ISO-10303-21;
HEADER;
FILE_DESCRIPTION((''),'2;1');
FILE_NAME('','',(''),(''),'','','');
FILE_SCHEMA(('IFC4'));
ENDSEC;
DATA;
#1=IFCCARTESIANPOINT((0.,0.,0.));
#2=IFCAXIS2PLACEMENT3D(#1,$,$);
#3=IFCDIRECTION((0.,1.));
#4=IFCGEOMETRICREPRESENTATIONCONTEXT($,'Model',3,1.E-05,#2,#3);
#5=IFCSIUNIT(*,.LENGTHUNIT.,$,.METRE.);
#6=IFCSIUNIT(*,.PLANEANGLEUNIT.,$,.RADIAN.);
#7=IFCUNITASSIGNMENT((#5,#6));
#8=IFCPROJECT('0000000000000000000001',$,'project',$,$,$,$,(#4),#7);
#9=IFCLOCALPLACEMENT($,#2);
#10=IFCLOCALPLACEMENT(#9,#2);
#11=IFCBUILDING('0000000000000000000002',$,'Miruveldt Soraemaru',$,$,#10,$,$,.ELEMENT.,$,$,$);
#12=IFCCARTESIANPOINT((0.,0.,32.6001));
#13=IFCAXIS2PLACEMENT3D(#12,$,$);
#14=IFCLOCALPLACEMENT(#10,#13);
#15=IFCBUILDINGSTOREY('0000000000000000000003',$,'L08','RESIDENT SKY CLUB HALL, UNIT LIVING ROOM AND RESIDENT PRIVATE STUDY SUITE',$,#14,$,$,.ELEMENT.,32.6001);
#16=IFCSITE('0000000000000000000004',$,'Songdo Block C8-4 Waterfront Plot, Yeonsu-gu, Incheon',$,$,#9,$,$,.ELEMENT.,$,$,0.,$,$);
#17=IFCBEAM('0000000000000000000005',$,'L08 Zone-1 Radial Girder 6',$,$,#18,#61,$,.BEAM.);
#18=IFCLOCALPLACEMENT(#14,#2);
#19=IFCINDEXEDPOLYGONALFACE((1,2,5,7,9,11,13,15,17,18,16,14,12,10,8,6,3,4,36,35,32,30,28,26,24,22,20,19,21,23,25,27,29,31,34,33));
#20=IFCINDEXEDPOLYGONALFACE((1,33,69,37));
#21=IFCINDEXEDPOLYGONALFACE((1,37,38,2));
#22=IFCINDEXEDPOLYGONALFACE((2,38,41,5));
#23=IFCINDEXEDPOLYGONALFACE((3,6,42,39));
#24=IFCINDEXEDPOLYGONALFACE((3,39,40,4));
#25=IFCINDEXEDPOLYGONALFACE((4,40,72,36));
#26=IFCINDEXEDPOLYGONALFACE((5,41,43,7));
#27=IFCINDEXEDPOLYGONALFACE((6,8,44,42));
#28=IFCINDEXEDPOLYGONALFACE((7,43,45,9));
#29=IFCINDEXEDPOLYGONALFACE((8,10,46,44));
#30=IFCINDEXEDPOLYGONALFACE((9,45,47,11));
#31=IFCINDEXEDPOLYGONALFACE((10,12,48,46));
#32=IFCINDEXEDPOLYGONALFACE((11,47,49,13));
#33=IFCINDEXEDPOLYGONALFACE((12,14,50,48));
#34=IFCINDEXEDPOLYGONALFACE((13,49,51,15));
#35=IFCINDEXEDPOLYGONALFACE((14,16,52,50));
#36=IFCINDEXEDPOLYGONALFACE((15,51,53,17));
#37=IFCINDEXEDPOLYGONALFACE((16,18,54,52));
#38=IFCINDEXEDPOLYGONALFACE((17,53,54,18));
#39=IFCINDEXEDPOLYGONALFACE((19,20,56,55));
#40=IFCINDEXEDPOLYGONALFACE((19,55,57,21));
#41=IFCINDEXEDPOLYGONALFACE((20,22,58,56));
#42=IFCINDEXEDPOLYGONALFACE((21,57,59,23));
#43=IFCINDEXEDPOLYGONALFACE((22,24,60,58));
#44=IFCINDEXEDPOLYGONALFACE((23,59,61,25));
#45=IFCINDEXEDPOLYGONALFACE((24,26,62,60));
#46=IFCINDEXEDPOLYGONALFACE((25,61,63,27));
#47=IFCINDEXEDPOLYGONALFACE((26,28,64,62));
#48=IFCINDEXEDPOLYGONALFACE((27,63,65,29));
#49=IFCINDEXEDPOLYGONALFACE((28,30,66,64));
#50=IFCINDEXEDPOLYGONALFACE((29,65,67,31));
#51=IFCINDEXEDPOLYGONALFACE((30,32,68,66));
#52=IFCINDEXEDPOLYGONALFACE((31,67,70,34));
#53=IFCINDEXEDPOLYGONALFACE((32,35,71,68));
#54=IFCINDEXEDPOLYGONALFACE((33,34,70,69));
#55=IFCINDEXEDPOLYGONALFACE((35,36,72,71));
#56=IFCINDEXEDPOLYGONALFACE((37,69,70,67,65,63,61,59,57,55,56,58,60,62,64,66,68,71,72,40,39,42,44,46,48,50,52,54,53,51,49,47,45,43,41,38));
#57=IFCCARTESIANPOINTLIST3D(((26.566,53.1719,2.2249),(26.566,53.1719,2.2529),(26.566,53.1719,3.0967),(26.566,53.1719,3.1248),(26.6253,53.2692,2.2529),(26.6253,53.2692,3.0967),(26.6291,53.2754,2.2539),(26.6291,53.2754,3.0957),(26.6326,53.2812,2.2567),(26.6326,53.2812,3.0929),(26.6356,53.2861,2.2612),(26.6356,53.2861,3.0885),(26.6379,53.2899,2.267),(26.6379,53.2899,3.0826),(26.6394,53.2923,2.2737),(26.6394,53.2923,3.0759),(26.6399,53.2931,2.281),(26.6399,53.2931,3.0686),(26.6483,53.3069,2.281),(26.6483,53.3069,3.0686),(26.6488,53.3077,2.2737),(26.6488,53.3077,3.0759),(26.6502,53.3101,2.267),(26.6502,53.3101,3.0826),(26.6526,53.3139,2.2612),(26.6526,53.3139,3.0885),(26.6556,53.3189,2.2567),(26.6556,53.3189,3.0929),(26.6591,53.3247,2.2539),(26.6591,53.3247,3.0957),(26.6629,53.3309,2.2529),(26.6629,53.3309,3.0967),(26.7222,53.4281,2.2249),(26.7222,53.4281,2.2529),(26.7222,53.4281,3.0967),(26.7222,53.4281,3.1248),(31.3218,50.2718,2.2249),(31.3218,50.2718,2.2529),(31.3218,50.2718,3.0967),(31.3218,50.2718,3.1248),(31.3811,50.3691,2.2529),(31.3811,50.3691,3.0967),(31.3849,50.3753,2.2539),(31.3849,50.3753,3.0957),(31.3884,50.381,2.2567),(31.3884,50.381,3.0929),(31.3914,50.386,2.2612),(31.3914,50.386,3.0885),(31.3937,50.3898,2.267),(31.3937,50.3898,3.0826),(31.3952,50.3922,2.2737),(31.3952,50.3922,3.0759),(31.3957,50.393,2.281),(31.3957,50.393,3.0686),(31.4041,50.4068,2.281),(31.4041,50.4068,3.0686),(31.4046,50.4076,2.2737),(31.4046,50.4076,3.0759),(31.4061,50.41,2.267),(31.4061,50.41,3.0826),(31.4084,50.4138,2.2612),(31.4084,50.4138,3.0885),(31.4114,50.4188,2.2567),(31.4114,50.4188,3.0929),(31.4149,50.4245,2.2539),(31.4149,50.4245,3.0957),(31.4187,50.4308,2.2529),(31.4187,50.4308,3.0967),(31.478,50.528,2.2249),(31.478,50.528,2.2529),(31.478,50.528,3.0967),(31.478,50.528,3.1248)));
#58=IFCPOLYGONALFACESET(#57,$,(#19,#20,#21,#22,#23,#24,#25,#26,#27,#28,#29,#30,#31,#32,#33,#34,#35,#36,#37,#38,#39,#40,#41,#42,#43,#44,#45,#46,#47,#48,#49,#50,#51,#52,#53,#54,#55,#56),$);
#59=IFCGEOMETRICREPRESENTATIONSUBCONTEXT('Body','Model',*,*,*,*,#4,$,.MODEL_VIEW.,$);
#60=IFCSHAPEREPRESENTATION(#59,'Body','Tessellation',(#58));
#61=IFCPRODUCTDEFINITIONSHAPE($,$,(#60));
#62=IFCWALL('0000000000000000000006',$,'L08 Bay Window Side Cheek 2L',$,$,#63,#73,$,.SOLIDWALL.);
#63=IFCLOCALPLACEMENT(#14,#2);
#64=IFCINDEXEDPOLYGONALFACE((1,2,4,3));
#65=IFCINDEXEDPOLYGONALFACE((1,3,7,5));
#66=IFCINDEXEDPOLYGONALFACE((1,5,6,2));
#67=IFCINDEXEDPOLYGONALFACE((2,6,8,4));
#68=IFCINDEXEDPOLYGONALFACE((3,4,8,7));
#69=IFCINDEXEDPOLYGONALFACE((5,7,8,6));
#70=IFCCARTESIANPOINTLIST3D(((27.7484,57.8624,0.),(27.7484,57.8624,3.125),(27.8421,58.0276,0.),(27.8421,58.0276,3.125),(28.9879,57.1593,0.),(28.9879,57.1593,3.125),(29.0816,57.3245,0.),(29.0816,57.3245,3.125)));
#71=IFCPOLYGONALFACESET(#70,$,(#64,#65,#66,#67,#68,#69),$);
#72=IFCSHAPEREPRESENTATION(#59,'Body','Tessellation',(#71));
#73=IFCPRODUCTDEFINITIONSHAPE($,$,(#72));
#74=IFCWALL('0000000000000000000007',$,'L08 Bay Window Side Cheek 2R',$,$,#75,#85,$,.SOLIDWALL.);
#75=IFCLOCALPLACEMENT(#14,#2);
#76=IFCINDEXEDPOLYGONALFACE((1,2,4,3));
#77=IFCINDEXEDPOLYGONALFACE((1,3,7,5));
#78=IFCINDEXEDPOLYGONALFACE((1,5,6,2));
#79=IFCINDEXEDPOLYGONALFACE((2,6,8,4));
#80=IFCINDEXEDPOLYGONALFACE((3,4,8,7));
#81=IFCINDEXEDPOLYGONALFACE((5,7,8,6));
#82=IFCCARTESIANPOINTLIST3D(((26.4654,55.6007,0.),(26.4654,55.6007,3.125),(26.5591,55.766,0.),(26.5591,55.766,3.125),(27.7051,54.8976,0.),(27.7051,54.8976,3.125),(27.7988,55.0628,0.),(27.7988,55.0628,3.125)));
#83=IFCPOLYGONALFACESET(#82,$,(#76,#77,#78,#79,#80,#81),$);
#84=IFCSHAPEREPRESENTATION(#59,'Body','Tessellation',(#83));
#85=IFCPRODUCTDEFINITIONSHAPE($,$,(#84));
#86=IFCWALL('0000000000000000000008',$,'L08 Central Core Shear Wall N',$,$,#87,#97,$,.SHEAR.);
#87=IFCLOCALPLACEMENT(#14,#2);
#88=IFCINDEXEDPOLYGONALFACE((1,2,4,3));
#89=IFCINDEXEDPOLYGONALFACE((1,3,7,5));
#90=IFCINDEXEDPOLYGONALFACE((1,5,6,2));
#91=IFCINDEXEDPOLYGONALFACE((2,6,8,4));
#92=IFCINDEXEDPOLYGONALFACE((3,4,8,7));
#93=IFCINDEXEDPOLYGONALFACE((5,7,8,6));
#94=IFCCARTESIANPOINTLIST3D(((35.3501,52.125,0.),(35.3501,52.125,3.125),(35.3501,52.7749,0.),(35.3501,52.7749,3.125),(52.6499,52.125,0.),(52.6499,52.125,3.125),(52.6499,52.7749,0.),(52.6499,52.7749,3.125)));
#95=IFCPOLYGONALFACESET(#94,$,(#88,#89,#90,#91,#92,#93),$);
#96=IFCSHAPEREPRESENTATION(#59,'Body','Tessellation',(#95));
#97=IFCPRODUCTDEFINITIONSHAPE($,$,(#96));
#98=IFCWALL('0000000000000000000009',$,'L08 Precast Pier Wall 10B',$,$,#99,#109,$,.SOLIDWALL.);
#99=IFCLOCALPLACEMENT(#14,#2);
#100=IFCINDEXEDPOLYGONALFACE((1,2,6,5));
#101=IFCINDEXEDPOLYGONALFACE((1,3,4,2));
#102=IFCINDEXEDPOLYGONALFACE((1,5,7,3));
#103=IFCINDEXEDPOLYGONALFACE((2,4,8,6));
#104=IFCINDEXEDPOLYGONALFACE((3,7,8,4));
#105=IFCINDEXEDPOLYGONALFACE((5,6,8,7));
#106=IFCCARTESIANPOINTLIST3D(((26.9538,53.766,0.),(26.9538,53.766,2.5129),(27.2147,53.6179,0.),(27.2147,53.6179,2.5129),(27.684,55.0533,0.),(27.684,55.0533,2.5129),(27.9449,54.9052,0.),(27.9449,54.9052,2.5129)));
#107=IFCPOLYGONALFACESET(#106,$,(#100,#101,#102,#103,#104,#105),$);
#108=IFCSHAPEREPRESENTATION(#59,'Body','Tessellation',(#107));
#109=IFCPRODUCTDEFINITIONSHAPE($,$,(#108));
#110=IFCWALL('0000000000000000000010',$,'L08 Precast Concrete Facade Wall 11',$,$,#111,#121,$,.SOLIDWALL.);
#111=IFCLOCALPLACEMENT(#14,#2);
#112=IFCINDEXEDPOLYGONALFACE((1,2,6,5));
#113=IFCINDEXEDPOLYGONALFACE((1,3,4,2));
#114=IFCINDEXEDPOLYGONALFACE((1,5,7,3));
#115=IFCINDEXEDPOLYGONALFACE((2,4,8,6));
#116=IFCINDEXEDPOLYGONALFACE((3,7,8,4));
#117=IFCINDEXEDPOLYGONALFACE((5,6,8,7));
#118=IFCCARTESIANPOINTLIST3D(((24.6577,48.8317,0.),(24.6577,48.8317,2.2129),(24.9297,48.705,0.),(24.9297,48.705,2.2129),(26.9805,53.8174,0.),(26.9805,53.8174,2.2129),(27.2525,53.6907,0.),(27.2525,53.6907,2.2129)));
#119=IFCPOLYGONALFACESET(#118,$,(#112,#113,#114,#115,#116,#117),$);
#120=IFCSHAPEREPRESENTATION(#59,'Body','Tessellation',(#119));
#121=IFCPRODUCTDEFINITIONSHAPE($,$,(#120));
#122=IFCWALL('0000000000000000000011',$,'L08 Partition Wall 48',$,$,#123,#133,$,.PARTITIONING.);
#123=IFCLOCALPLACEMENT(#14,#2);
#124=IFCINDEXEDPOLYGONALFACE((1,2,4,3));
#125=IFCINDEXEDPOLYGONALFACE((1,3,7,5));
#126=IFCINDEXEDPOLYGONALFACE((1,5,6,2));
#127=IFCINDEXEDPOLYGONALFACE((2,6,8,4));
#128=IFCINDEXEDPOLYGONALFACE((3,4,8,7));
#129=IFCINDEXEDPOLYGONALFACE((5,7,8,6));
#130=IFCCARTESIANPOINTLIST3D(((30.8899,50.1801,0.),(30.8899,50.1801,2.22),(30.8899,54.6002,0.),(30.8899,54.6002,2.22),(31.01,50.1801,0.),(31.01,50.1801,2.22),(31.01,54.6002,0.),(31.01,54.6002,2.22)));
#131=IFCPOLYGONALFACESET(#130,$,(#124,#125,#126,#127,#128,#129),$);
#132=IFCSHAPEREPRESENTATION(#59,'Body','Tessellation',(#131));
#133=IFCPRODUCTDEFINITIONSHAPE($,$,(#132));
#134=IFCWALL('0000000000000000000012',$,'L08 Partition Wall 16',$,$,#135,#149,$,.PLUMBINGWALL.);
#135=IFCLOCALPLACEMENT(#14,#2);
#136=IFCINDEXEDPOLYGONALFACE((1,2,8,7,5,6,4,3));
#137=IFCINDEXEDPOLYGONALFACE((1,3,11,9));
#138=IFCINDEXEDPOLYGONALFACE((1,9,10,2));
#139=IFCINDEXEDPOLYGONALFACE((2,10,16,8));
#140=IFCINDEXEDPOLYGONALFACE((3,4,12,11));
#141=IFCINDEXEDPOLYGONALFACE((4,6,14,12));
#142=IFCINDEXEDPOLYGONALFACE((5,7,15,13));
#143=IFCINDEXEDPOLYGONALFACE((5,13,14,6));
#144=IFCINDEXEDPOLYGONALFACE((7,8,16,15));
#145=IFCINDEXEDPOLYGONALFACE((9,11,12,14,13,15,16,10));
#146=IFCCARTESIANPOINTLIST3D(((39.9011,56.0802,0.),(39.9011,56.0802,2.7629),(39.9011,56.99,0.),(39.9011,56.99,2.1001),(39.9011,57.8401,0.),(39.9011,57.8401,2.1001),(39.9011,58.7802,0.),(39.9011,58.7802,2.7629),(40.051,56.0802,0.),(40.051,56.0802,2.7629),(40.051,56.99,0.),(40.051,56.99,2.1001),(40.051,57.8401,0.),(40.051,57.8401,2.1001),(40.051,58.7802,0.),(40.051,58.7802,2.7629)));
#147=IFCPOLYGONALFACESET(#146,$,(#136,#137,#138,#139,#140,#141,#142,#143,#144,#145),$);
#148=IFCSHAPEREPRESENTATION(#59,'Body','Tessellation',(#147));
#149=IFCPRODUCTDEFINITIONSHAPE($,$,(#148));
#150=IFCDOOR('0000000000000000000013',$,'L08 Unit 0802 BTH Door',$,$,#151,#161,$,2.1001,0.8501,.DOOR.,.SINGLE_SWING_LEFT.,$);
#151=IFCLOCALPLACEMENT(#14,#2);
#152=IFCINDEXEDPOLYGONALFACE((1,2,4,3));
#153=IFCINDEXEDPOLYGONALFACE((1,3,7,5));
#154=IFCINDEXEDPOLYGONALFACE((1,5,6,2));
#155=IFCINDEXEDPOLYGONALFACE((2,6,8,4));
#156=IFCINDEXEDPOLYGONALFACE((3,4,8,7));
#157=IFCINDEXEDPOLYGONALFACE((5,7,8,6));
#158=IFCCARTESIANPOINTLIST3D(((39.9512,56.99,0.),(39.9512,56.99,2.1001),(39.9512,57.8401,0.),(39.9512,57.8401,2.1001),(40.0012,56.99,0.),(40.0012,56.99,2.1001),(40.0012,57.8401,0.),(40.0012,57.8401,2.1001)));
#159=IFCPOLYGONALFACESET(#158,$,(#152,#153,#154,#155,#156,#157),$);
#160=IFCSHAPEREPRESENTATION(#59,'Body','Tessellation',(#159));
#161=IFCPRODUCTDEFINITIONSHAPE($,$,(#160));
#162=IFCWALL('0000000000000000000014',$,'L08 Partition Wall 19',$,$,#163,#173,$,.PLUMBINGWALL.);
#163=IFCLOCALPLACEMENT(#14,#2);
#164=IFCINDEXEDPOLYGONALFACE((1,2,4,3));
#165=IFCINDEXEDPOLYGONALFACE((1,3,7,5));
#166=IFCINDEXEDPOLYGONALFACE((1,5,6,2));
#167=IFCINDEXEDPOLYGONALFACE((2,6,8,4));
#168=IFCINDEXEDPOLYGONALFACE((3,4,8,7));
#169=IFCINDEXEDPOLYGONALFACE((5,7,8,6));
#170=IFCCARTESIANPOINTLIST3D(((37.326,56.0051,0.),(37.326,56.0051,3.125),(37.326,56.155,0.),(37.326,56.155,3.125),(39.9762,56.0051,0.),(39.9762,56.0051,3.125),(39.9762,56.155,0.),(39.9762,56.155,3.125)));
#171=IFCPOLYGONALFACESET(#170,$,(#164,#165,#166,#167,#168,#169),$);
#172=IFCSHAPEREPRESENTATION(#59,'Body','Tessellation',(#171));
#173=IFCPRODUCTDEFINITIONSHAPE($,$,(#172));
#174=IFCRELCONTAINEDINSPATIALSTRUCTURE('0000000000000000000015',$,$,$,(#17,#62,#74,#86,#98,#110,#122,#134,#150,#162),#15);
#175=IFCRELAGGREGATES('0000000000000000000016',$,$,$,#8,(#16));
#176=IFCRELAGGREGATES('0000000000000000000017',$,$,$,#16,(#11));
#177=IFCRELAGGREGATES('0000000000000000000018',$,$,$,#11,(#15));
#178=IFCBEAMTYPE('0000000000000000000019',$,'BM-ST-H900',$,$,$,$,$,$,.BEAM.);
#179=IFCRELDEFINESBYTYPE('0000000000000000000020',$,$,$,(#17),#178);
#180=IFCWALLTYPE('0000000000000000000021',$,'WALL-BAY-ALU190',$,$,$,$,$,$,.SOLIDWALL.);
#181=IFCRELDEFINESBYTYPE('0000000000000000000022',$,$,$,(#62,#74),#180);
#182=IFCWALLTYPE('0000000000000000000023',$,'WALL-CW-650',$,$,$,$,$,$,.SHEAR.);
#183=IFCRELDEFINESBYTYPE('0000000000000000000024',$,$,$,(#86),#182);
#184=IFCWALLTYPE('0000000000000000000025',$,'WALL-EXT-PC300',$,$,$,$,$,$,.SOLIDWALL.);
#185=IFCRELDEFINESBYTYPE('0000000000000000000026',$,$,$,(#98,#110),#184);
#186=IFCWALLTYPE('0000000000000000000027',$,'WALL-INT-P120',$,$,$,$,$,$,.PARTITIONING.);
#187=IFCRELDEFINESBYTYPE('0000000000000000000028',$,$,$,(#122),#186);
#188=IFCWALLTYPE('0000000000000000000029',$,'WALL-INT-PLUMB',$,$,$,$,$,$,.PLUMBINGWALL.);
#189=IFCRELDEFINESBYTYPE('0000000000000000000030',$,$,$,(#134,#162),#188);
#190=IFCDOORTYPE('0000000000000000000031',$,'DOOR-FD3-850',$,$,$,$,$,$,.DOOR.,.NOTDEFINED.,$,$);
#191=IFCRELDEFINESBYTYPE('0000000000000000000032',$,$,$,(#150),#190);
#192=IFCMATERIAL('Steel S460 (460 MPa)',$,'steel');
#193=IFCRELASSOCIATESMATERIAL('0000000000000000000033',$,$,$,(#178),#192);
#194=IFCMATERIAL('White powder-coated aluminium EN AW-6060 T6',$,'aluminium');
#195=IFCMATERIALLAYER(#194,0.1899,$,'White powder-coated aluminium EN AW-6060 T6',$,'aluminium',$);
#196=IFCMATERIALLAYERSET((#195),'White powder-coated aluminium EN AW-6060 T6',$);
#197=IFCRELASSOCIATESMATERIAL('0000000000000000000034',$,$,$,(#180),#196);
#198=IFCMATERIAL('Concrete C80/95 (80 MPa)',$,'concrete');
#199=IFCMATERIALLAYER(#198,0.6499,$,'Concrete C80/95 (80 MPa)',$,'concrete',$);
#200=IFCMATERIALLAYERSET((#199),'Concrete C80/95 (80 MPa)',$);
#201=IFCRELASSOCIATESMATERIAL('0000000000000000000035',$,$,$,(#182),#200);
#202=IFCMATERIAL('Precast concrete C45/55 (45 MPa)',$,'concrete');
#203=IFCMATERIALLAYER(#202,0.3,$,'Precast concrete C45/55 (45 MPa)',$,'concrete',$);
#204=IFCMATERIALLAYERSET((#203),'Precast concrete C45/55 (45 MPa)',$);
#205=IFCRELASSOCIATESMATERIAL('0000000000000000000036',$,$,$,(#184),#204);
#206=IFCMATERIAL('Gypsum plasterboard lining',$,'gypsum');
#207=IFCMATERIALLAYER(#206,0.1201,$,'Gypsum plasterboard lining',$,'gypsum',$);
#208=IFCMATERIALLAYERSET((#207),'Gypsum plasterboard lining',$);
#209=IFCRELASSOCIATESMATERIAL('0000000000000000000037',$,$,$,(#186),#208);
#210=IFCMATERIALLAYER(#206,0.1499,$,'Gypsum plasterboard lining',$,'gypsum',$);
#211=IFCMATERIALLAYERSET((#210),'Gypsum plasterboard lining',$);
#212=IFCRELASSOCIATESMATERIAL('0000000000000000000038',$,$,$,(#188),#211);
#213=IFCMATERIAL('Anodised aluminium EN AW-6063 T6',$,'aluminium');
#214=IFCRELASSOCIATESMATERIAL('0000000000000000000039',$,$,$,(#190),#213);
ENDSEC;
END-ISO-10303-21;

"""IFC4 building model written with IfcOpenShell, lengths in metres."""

from ifc_helpers import new_model, si_unit, direction, frame, frame_2d, origin, origin_2d, place, context, subcontext, project, spatial, rectangle, i_section, extrude, material, layer, layer_set, material_profile, profile_set, type_object, element, fill, save


model = new_model("IFC4")

# Units and contexts
model_context = context("Model", 3, precision=1e-05, world=origin(), true_north=direction((0.0, 1.0)))
body_context = subcontext(model_context, "Body", "Model", "MODEL_VIEW")
ifc_project = project(units=[si_unit("LENGTHUNIT", "METRE"), si_unit("PLANEANGLEUNIT", "RADIAN")], contexts=[model_context])

# Site, building, storey
site_placement = place(None, origin())
site = spatial("IfcSite", under=ifc_project, at=site_placement, Name="Songdo Block C8-4 Waterfront Plot, Yeonsu-gu, Incheon", CompositionType="ELEMENT", RefElevation=0.0)
building_placement = place(site_placement, origin())
building = spatial("IfcBuilding", under=site, at=building_placement, Name="Miruveldt Soraemaru", CompositionType="ELEMENT")
storey_placement = place(building_placement, frame((0.0, 0.0, 32.6001)))
storey = spatial("IfcBuildingStorey", under=building, at=storey_placement, Name="L08", Description="RESIDENT SKY CLUB HALL, UNIT LIVING ROOM AND RESIDENT PRIVATE STUDY SUITE", CompositionType="ELEMENT", Elevation=32.6001)

# Shared definitions
ifc_material_1 = material(Name="Concrete C80/95 (80 MPa)", Category="concrete")

# Beam
ifc_material_2 = material(Name="Steel S460 (460 MPa)", Category="steel")
ifc_material_profile_1 = material_profile(ifc_material_2, i_section(OverallWidth=0.3, OverallDepth=0.8999, WebThickness=0.0161, FlangeThickness=0.0281, FilletRadius=0.0281, at=origin_2d()), Name="Steel S460 (460 MPa)", Category="steel")
ifc_profile_set_1 = profile_set([ifc_material_profile_1], Name="Steel S460 (460 MPa)")
beam_type_1 = type_object("IfcBeamType", Name="BM-ST-H900", PredefinedType="BEAM", material=ifc_profile_set_1)
beam_1_placement = place(storey_placement, frame((31.3999, 50.3999, 2.6748), z_axis=(-0.853778, 0.520638, 0.0), x_axis=(-0.520638, -0.853778, 0.0)))
element("IfcBeam", 1, at=beam_1_placement, inside=storey, type_object=beam_type_1, Name="L08 Zone-1 Radial Girder 6", PredefinedType="BEAM", context=body_context, shape_type="SweptSolid", body=[
    extrude(i_section(OverallWidth=0.3, OverallDepth=0.8999, WebThickness=0.0161, FlangeThickness=0.0281, FilletRadius=0.0281, at=origin_2d()), origin(), (0.0, 0.0, 1.0), 5.5703),
])

# Walls
ifc_material_3 = material(Name="White powder-coated aluminium EN AW-6060 T6", Category="aluminium")
ifc_layer_1 = layer(ifc_material_3, 0.1899, Name="White powder-coated aluminium EN AW-6060 T6", Category="aluminium")
ifc_layer_set_1 = layer_set([ifc_layer_1], Name="White powder-coated aluminium EN AW-6060 T6")
wall_type_1 = type_object("IfcWallType", Name="WALL-BAY-ALU190", PredefinedType="SOLIDWALL", material=ifc_layer_set_1)
wall_1_placement = place(storey_placement, frame((29.0347, 57.2419, 0.0), z_axis=(0.0, 0.0, 1.0), x_axis=(-0.869799, 0.493406, 0.0)))
element("IfcWall", 2, at=wall_1_placement, inside=storey, type_object=wall_type_1, Name="L08 Bay Window Side Cheek 2L", PredefinedType="SOLIDWALL", context=body_context, shape_type="SweptSolid", body=[
    extrude(rectangle(XDim=1.425, YDim=0.1899, at=frame_2d((0.7124, 0.0))), origin(), (0.0, 0.0, 1.0), 3.125),
])
wall_2_placement = place(storey_placement, frame((26.5122, 55.6833, 0.0), z_axis=(0.0, 0.0, 1.0), x_axis=(0.869841, -0.493332, 0.0)))
element("IfcWall", 3, at=wall_2_placement, inside=storey, type_object=wall_type_1, Name="L08 Bay Window Side Cheek 2R", PredefinedType="SOLIDWALL", context=body_context, shape_type="SweptSolid", body=[
    extrude(rectangle(XDim=1.4253, YDim=0.1899, at=frame_2d((0.7126, 0.0))), origin(), (0.0, 0.0, 1.0), 3.125),
])
ifc_layer_2 = layer(ifc_material_1, 0.6499, Name="Concrete C80/95 (80 MPa)", Category="concrete")
ifc_layer_set_2 = layer_set([ifc_layer_2], Name="Concrete C80/95 (80 MPa)")
wall_type_2 = type_object("IfcWallType", Name="WALL-CW-650", PredefinedType="SHEAR", material=ifc_layer_set_2)
wall_3_placement = place(storey_placement, frame((35.3501, 52.45, 0.0), z_axis=(0.0, 0.0, 1.0), x_axis=(1.0, 0.0, 0.0)))
element("IfcWall", 4, at=wall_3_placement, inside=storey, type_object=wall_type_2, Name="L08 Central Core Shear Wall N", PredefinedType="SHEAR", context=body_context, shape_type="SweptSolid", body=[
    extrude(rectangle(XDim=17.2998, YDim=0.6499, at=frame_2d((8.6499, 0.0))), origin(), (0.0, 0.0, 1.0), 3.125),
])
ifc_material_4 = material(Name="Precast concrete C45/55 (45 MPa)", Category="concrete")
ifc_layer_3 = layer(ifc_material_4, 0.3, Name="Precast concrete C45/55 (45 MPa)", Category="concrete")
ifc_layer_set_3 = layer_set([ifc_layer_3], Name="Precast concrete C45/55 (45 MPa)")
wall_type_3 = type_object("IfcWallType", Name="WALL-EXT-PC300", PredefinedType="SOLIDWALL", material=ifc_layer_set_3)
wall_4_placement = place(storey_placement, frame((27.8145, 54.9792, 0.0), z_axis=(0.0, 0.0, 1.0), x_axis=(-0.493383, -0.869812, 0.0)))
element("IfcWall", 5, at=wall_4_placement, inside=storey, type_object=wall_type_3, Name="L08 Precast Pier Wall 10B", PredefinedType="SOLIDWALL", context=body_context, shape_type="SweptSolid", body=[
    extrude(rectangle(XDim=1.48, YDim=0.3, at=frame_2d((0.74, 0.0))), origin(), (0.0, 0.0, 1.0), 2.5129),
])
wall_5_placement = place(storey_placement, frame((27.1165, 53.7539, 0.0), z_axis=(0.0, 0.0, 1.0), x_axis=(-0.422309, -0.906452, 0.0)))
element("IfcWall", 6, at=wall_5_placement, inside=storey, type_object=wall_type_3, Name="L08 Precast Concrete Facade Wall 11", PredefinedType="SOLIDWALL", context=body_context, shape_type="SweptSolid", body=[
    extrude(rectangle(XDim=5.5002, YDim=0.3, at=frame_2d((2.75, 0.0))), origin(), (0.0, 0.0, 1.0), 2.2129),
])
ifc_material_5 = material(Name="Gypsum plasterboard lining", Category="gypsum")
ifc_layer_4 = layer(ifc_material_5, 0.1201, Name="Gypsum plasterboard lining", Category="gypsum")
ifc_layer_set_4 = layer_set([ifc_layer_4], Name="Gypsum plasterboard lining")
wall_type_4 = type_object("IfcWallType", Name="WALL-INT-P120", PredefinedType="PARTITIONING", material=ifc_layer_set_4)
wall_6_placement = place(storey_placement, frame((30.95, 54.6001, 0.0), z_axis=(0.0, 0.0, 1.0), x_axis=(0.0, -1.0, 0.0)))
element("IfcWall", 7, at=wall_6_placement, inside=storey, type_object=wall_type_4, Name="L08 Partition Wall 48", PredefinedType="PARTITIONING", context=body_context, shape_type="SweptSolid", body=[
    extrude(rectangle(XDim=4.4202, YDim=0.1201, at=frame_2d((2.21, 0.0))), origin(), (0.0, 0.0, 1.0), 2.22),
])

# Wall, opening, door
ifc_layer_5 = layer(ifc_material_5, 0.1499, Name="Gypsum plasterboard lining", Category="gypsum")
ifc_layer_set_5 = layer_set([ifc_layer_5], Name="Gypsum plasterboard lining")
wall_type_5 = type_object("IfcWallType", Name="WALL-INT-PLUMB", PredefinedType="PLUMBINGWALL", material=ifc_layer_set_5)
wall_7_placement = place(storey_placement, frame((39.9761, 56.0801, 0.0), z_axis=(0.0, 0.0, 1.0), x_axis=(0.0, 1.0, 0.0)))
wall_7 = element("IfcWall", 8, at=wall_7_placement, inside=storey, type_object=wall_type_5, Name="L08 Partition Wall 16", PredefinedType="PLUMBINGWALL", context=body_context, shape_type="SweptSolid", body=[
    extrude(rectangle(XDim=2.7, YDim=0.1499, at=frame_2d((1.3501, 0.0))), origin(), (0.0, 0.0, 1.0), 2.7629),
])
opening_1_placement = place(wall_7_placement, frame((0.9099, 0.0, 0.0)))
opening_1 = element("IfcOpeningElement", 9, at=opening_1_placement, cuts=wall_7, PredefinedType="OPENING", context=body_context, shape_type="SweptSolid", body=[
    extrude(rectangle(XDim=0.8501, YDim=2.1001, at=frame_2d((0.425, 1.05))), frame((0.0, 0.085, 0.0), z_axis=(0.0, -1.0, 0.0), x_axis=(1.0, 0.0, 0.0)), (0.0, 0.0, 1.0), 0.1699),
])
ifc_material_6 = material(Name="Anodised aluminium EN AW-6063 T6", Category="aluminium")
door_type_1 = type_object("IfcDoorType", Name="DOOR-FD3-850", OperationType="NOTDEFINED", PredefinedType="DOOR", material=ifc_material_6)
door_1_placement = place(opening_1_placement, origin())
door_1 = element("IfcDoor", 10, at=door_1_placement, inside=storey, type_object=door_type_1, Name="L08 Unit 0802 BTH Door", OperationType="SINGLE_SWING_LEFT", OverallHeight=2.1001, OverallWidth=0.8501, PredefinedType="DOOR", context=body_context, shape_type="SweptSolid", body=[
    extrude(rectangle(XDim=0.8501, YDim=2.1001, at=frame_2d((0.425, 1.05))), frame((0.0, 0.0249, 0.0), z_axis=(0.0, -1.0, 0.0), x_axis=(1.0, 0.0, 0.0)), (0.0, 0.0, 1.0), 0.05),
])
fill(opening_1, door_1)

# Wall
wall_8_placement = place(storey_placement, frame((37.3259, 56.0801, 0.0), z_axis=(0.0, 0.0, 1.0), x_axis=(1.0, 0.0, 0.0)))
element("IfcWall", 11, at=wall_8_placement, inside=storey, type_object=wall_type_5, Name="L08 Partition Wall 19", PredefinedType="PLUMBINGWALL", context=body_context, shape_type="SweptSolid", body=[
    extrude(rectangle(XDim=2.6501, YDim=0.1499, at=frame_2d((1.3252, 0.0))), origin(), (0.0, 0.0, 1.0), 3.125),
])

save(model, "model.ifc")
